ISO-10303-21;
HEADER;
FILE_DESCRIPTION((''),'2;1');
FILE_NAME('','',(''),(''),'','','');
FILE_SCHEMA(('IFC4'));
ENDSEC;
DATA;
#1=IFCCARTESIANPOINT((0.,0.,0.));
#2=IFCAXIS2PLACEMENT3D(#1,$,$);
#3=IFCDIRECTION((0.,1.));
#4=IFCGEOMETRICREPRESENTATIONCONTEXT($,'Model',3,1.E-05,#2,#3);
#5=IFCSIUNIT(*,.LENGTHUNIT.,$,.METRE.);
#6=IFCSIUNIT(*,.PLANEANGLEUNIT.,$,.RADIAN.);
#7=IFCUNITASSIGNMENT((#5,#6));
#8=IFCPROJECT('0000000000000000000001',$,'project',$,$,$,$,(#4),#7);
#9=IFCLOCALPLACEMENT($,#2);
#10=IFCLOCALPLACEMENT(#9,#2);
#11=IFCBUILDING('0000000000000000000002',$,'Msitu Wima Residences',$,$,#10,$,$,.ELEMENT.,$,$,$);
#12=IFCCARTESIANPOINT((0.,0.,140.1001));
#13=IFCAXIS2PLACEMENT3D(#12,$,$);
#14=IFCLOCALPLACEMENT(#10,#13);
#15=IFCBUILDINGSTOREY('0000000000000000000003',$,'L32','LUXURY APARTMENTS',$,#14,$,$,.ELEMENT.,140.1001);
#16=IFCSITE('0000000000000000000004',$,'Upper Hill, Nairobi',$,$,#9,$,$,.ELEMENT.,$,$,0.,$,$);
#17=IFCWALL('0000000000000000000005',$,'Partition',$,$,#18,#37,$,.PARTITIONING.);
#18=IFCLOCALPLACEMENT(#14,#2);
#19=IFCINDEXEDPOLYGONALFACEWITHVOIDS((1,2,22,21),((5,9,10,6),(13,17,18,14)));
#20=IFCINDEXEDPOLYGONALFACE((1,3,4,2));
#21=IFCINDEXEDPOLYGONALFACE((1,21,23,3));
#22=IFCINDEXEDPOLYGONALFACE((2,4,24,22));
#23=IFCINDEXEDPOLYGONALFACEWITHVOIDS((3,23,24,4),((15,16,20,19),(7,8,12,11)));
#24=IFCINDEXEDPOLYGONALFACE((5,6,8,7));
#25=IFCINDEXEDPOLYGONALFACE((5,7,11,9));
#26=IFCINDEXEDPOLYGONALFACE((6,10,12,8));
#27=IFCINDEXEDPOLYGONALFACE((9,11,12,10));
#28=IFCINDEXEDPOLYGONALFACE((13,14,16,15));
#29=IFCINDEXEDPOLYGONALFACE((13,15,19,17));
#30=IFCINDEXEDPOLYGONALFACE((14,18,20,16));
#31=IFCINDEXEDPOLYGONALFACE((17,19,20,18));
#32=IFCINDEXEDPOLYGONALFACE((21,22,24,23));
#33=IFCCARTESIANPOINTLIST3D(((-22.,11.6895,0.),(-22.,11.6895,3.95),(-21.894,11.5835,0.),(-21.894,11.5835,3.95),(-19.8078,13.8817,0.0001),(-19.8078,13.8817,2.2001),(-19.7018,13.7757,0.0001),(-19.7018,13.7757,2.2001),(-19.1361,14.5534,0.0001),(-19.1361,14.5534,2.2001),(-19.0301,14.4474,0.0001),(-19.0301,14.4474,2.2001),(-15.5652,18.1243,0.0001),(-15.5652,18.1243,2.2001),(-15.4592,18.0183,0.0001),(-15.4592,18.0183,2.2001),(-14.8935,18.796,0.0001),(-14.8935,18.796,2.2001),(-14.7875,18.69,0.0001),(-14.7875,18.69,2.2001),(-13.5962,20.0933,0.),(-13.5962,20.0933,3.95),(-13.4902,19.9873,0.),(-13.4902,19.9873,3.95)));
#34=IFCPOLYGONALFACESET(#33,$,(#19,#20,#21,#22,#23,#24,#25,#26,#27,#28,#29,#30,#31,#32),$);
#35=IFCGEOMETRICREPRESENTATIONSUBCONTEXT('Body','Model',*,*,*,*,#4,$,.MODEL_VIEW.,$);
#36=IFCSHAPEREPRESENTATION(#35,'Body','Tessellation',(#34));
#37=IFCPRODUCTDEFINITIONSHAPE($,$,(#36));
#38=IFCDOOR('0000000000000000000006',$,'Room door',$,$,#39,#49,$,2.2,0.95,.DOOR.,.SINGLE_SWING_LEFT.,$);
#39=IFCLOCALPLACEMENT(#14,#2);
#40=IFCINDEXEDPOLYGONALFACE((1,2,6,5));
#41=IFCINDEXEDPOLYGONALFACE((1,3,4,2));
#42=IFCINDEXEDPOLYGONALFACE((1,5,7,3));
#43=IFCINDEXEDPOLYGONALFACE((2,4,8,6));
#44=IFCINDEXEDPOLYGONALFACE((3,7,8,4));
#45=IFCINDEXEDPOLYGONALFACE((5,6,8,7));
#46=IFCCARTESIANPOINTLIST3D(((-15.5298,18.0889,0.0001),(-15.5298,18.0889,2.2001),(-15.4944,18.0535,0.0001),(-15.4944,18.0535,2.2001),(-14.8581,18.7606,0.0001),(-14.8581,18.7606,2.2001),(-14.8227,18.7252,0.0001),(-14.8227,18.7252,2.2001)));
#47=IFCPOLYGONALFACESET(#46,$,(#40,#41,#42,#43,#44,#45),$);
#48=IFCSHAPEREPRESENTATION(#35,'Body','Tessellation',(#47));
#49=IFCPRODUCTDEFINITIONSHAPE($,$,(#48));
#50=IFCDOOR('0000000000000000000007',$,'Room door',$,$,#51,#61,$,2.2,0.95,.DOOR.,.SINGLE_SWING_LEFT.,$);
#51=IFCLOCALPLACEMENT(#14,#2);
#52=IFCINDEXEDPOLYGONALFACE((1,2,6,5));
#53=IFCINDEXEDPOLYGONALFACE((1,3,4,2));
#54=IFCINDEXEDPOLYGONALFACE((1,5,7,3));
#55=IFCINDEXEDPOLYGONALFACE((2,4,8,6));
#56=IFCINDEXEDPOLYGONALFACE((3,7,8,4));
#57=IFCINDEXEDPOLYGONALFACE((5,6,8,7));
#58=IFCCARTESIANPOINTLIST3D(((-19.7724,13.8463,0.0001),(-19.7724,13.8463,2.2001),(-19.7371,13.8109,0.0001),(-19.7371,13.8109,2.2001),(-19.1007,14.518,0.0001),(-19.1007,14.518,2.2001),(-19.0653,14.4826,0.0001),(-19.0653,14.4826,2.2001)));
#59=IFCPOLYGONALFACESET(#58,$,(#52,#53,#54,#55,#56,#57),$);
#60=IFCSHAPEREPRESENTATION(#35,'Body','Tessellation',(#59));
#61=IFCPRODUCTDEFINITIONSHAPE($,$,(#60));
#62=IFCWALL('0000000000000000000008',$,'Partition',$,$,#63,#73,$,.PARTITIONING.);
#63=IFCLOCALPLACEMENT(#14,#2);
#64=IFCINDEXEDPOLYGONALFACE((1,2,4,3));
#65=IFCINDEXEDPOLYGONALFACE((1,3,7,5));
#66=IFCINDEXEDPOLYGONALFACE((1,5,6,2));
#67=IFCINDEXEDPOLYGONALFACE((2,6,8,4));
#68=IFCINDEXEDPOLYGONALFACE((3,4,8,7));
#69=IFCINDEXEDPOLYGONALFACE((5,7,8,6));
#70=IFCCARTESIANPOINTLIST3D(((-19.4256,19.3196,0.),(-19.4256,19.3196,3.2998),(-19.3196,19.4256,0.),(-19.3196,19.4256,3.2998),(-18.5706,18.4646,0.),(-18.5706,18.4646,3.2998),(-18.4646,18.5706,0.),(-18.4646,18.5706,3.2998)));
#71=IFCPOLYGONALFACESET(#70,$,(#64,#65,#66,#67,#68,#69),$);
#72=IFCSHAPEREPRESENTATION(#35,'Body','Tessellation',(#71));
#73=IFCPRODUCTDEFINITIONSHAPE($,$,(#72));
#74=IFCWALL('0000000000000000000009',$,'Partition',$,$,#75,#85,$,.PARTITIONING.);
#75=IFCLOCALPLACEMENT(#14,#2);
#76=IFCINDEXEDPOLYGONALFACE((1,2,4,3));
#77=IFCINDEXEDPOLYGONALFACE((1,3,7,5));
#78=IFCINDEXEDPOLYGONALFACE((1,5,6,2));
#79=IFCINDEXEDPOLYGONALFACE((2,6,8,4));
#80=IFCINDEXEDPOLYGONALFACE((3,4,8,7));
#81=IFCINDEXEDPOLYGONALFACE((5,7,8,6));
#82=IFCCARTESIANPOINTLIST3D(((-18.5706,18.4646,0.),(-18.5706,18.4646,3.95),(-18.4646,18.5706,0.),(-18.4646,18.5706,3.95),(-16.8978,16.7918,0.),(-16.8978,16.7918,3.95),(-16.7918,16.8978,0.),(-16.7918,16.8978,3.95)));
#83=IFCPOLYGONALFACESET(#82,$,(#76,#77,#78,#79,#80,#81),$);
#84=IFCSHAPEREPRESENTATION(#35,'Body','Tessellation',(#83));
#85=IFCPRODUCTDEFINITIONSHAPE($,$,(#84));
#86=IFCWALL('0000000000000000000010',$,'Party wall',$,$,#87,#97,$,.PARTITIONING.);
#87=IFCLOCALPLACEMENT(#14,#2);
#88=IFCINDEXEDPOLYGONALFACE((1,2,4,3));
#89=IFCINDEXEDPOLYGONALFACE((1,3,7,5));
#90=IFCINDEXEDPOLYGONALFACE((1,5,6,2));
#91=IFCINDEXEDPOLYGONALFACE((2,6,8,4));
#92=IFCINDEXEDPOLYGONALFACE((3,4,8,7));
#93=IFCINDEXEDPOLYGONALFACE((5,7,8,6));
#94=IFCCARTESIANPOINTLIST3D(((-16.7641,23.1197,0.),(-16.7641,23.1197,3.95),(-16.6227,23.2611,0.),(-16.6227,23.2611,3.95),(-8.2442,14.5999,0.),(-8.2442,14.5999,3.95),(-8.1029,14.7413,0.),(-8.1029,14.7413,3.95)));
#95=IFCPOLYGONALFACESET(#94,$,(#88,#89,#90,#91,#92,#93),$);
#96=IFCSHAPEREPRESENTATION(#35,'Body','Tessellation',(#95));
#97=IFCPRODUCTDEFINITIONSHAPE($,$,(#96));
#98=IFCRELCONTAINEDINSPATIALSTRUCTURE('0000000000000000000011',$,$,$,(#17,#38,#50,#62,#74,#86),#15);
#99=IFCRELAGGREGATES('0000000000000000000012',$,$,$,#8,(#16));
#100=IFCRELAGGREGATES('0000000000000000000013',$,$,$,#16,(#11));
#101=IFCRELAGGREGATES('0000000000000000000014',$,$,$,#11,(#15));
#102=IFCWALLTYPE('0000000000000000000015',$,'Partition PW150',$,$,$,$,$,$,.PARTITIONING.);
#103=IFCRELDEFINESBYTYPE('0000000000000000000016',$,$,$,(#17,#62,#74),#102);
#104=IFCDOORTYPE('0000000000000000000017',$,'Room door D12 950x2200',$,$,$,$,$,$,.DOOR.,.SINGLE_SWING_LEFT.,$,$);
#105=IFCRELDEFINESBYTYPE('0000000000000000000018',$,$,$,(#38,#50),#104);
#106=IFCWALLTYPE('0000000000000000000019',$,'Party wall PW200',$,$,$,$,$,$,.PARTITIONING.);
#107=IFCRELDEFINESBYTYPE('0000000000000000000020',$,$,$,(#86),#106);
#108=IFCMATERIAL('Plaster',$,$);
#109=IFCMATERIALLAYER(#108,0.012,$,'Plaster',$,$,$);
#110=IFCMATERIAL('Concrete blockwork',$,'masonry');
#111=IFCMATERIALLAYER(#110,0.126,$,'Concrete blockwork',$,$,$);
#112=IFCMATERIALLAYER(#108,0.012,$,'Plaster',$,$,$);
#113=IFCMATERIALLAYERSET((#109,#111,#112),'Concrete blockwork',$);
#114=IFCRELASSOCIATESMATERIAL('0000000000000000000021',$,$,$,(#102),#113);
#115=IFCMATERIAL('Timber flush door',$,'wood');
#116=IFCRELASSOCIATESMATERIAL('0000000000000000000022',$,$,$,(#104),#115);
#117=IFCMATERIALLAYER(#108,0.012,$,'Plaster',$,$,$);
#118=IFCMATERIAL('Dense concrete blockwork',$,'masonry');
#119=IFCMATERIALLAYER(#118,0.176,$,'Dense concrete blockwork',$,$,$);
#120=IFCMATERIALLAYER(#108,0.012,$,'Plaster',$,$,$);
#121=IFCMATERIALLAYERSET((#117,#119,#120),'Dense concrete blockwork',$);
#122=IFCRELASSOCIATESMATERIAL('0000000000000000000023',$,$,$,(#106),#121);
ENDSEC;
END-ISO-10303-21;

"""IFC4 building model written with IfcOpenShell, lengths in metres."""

from ifc_helpers import new_model, si_unit, direction, frame, frame_2d, origin, place, context, subcontext, project, spatial, rectangle, extrude, material, layer, layer_set, type_object, element, fill, save


model = new_model("IFC4")

# Units and contexts
model_context = context("Model", 3, precision=1e-05, world=origin(), true_north=direction((0.0, 1.0)))
body_context = subcontext(model_context, "Body", "Model", "MODEL_VIEW")
ifc_project = project(units=[si_unit("LENGTHUNIT", "METRE"), si_unit("PLANEANGLEUNIT", "RADIAN")], contexts=[model_context])

# Site, building, storey
site_placement = place(None, origin())
site = spatial("IfcSite", under=ifc_project, at=site_placement, Name="Upper Hill, Nairobi", CompositionType="ELEMENT", RefElevation=0.0)
building_placement = place(site_placement, origin())
building = spatial("IfcBuilding", under=site, at=building_placement, Name="Msitu Wima Residences", CompositionType="ELEMENT")
storey_placement = place(building_placement, frame((0.0, 0.0, 140.1001)))
storey = spatial("IfcBuildingStorey", under=building, at=storey_placement, Name="L32", Description="LUXURY APARTMENTS", CompositionType="ELEMENT", Elevation=140.1001)

# Shared definitions
ifc_material_1 = material(Name="Plaster")
ifc_material_2 = material(Name="Concrete blockwork", Category="masonry")

# Shared definitions
ifc_layer_1 = layer(ifc_material_1, 0.012, Name="Plaster")
ifc_layer_2 = layer(ifc_material_2, 0.126, Name="Concrete blockwork")
ifc_layer_3 = layer(ifc_material_1, 0.012, Name="Plaster")
ifc_layer_set_1 = layer_set([ifc_layer_1, ifc_layer_2, ifc_layer_3], Name="Concrete blockwork")
wall_type_1 = type_object("IfcWallType", Name="Partition PW150", PredefinedType="PARTITIONING", material=ifc_layer_set_1)

# Wall, openings, doors
wall_1_placement = place(storey_placement, frame((-21.947, 11.6365, 0.0), z_axis=(0.0, 0.0, 1.0), x_axis=(0.707107, 0.707107, 0.0)))
wall_1 = element("IfcWall", 1, at=wall_1_placement, inside=storey, type_object=wall_type_1, Name="Partition", PredefinedType="PARTITIONING", context=body_context, shape_type="SweptSolid", body=[
    extrude(rectangle(XDim=11.8848, YDim=0.1499, at=frame_2d((5.9424, 0.0))), origin(), (0.0, 0.0, 1.0), 3.95),
])
opening_1_placement = place(wall_1_placement, frame((9.1001, 0.0, 0.0)))
opening_1 = element("IfcOpeningElement", 2, at=opening_1_placement, cuts=wall_1, PredefinedType="OPENING", context=body_context, shape_type="SweptSolid", body=[
    extrude(rectangle(XDim=0.95, YDim=2.2, at=frame_2d((0.4751, 1.1001))), frame((0.0, 0.085, 0.0), z_axis=(0.0, -1.0, 0.0), x_axis=(1.0, 0.0, 0.0)), (0.0, 0.0, 1.0), 0.1699),
])
opening_2_placement = place(wall_1_placement, frame((3.1001, 0.0, 0.0)))
opening_2 = element("IfcOpeningElement", 3, at=opening_2_placement, cuts=wall_1, PredefinedType="OPENING", context=body_context, shape_type="SweptSolid", body=[
    extrude(rectangle(XDim=0.95, YDim=2.2, at=frame_2d((0.4751, 1.1001))), frame((0.0, 0.085, 0.0), z_axis=(0.0, -1.0, 0.0), x_axis=(1.0, 0.0, 0.0)), (0.0, 0.0, 1.0), 0.1699),
])
ifc_material_3 = material(Name="Timber flush door", Category="wood")
door_type_1 = type_object("IfcDoorType", Name="Room door D12 950x2200", OperationType="SINGLE_SWING_LEFT", PredefinedType="DOOR", material=ifc_material_3)
door_1_placement = place(opening_1_placement, origin())
door_1 = element("IfcDoor", 4, at=door_1_placement, inside=storey, type_object=door_type_1, Name="Room door", OperationType="SINGLE_SWING_LEFT", OverallHeight=2.2, OverallWidth=0.95, PredefinedType="DOOR", context=body_context, shape_type="SweptSolid", body=[
    extrude(rectangle(XDim=0.95, YDim=2.2, at=frame_2d((0.4751, 1.1001))), frame((0.0, 0.0249, 0.0), z_axis=(0.0, -1.0, 0.0), x_axis=(1.0, 0.0, 0.0)), (0.0, 0.0, 1.0), 0.05),
])
fill(opening_1, door_1)
door_2_placement = place(opening_2_placement, origin())
door_2 = element("IfcDoor", 5, at=door_2_placement, inside=storey, type_object=door_type_1, Name="Room door", OperationType="SINGLE_SWING_LEFT", OverallHeight=2.2, OverallWidth=0.95, PredefinedType="DOOR", context=body_context, shape_type="SweptSolid", body=[
    extrude(rectangle(XDim=0.95, YDim=2.2, at=frame_2d((0.4751, 1.1001))), frame((0.0, 0.0249, 0.0), z_axis=(0.0, -1.0, 0.0), x_axis=(1.0, 0.0, 0.0)), (0.0, 0.0, 1.0), 0.05),
])
fill(opening_2, door_2)

# Walls
wall_2_placement = place(storey_placement, frame((-19.3726, 19.3726, 0.0), z_axis=(0.0, 0.0, 1.0), x_axis=(0.707107, -0.707107, 0.0)))
element("IfcWall", 6, at=wall_2_placement, inside=storey, type_object=wall_type_1, Name="Partition", PredefinedType="PARTITIONING", context=body_context, shape_type="SweptSolid", body=[
    extrude(rectangle(XDim=1.2092, YDim=0.1499, at=frame_2d((0.6045, 0.0))), origin(), (0.0, 0.0, 1.0), 3.2998),
])
wall_3_placement = place(storey_placement, frame((-18.5176, 18.5176, 0.0), z_axis=(0.0, 0.0, 1.0), x_axis=(0.707107, -0.707107, 0.0)))
element("IfcWall", 7, at=wall_3_placement, inside=storey, type_object=wall_type_1, Name="Partition", PredefinedType="PARTITIONING", context=body_context, shape_type="SweptSolid", body=[
    extrude(rectangle(XDim=2.3657, YDim=0.1499, at=frame_2d((1.1829, 0.0))), origin(), (0.0, 0.0, 1.0), 3.95),
])
ifc_layer_4 = layer(ifc_material_1, 0.012, Name="Plaster")
ifc_material_4 = material(Name="Dense concrete blockwork", Category="masonry")
ifc_layer_5 = layer(ifc_material_4, 0.176, Name="Dense concrete blockwork")
ifc_layer_6 = layer(ifc_material_1, 0.012, Name="Plaster")
ifc_layer_set_2 = layer_set([ifc_layer_4, ifc_layer_5, ifc_layer_6], Name="Dense concrete blockwork")
wall_type_2 = type_object("IfcWallType", Name="Party wall PW200", PredefinedType="PARTITIONING", material=ifc_layer_set_2)
wall_4_placement = place(storey_placement, frame((-16.6934, 23.1904, 0.0), z_axis=(0.0, 0.0, 1.0), x_axis=(0.707107, -0.707107, 0.0)))
element("IfcWall", 8, at=wall_4_placement, inside=storey, type_object=wall_type_2, Name="Party wall", PredefinedType="PARTITIONING", context=body_context, shape_type="SweptSolid", body=[
    extrude(rectangle(XDim=12.0488, YDim=0.2, at=frame_2d((6.0244, 0.0))), origin(), (0.0, 0.0, 1.0), 3.95),
])

save(model, "model.ifc")
